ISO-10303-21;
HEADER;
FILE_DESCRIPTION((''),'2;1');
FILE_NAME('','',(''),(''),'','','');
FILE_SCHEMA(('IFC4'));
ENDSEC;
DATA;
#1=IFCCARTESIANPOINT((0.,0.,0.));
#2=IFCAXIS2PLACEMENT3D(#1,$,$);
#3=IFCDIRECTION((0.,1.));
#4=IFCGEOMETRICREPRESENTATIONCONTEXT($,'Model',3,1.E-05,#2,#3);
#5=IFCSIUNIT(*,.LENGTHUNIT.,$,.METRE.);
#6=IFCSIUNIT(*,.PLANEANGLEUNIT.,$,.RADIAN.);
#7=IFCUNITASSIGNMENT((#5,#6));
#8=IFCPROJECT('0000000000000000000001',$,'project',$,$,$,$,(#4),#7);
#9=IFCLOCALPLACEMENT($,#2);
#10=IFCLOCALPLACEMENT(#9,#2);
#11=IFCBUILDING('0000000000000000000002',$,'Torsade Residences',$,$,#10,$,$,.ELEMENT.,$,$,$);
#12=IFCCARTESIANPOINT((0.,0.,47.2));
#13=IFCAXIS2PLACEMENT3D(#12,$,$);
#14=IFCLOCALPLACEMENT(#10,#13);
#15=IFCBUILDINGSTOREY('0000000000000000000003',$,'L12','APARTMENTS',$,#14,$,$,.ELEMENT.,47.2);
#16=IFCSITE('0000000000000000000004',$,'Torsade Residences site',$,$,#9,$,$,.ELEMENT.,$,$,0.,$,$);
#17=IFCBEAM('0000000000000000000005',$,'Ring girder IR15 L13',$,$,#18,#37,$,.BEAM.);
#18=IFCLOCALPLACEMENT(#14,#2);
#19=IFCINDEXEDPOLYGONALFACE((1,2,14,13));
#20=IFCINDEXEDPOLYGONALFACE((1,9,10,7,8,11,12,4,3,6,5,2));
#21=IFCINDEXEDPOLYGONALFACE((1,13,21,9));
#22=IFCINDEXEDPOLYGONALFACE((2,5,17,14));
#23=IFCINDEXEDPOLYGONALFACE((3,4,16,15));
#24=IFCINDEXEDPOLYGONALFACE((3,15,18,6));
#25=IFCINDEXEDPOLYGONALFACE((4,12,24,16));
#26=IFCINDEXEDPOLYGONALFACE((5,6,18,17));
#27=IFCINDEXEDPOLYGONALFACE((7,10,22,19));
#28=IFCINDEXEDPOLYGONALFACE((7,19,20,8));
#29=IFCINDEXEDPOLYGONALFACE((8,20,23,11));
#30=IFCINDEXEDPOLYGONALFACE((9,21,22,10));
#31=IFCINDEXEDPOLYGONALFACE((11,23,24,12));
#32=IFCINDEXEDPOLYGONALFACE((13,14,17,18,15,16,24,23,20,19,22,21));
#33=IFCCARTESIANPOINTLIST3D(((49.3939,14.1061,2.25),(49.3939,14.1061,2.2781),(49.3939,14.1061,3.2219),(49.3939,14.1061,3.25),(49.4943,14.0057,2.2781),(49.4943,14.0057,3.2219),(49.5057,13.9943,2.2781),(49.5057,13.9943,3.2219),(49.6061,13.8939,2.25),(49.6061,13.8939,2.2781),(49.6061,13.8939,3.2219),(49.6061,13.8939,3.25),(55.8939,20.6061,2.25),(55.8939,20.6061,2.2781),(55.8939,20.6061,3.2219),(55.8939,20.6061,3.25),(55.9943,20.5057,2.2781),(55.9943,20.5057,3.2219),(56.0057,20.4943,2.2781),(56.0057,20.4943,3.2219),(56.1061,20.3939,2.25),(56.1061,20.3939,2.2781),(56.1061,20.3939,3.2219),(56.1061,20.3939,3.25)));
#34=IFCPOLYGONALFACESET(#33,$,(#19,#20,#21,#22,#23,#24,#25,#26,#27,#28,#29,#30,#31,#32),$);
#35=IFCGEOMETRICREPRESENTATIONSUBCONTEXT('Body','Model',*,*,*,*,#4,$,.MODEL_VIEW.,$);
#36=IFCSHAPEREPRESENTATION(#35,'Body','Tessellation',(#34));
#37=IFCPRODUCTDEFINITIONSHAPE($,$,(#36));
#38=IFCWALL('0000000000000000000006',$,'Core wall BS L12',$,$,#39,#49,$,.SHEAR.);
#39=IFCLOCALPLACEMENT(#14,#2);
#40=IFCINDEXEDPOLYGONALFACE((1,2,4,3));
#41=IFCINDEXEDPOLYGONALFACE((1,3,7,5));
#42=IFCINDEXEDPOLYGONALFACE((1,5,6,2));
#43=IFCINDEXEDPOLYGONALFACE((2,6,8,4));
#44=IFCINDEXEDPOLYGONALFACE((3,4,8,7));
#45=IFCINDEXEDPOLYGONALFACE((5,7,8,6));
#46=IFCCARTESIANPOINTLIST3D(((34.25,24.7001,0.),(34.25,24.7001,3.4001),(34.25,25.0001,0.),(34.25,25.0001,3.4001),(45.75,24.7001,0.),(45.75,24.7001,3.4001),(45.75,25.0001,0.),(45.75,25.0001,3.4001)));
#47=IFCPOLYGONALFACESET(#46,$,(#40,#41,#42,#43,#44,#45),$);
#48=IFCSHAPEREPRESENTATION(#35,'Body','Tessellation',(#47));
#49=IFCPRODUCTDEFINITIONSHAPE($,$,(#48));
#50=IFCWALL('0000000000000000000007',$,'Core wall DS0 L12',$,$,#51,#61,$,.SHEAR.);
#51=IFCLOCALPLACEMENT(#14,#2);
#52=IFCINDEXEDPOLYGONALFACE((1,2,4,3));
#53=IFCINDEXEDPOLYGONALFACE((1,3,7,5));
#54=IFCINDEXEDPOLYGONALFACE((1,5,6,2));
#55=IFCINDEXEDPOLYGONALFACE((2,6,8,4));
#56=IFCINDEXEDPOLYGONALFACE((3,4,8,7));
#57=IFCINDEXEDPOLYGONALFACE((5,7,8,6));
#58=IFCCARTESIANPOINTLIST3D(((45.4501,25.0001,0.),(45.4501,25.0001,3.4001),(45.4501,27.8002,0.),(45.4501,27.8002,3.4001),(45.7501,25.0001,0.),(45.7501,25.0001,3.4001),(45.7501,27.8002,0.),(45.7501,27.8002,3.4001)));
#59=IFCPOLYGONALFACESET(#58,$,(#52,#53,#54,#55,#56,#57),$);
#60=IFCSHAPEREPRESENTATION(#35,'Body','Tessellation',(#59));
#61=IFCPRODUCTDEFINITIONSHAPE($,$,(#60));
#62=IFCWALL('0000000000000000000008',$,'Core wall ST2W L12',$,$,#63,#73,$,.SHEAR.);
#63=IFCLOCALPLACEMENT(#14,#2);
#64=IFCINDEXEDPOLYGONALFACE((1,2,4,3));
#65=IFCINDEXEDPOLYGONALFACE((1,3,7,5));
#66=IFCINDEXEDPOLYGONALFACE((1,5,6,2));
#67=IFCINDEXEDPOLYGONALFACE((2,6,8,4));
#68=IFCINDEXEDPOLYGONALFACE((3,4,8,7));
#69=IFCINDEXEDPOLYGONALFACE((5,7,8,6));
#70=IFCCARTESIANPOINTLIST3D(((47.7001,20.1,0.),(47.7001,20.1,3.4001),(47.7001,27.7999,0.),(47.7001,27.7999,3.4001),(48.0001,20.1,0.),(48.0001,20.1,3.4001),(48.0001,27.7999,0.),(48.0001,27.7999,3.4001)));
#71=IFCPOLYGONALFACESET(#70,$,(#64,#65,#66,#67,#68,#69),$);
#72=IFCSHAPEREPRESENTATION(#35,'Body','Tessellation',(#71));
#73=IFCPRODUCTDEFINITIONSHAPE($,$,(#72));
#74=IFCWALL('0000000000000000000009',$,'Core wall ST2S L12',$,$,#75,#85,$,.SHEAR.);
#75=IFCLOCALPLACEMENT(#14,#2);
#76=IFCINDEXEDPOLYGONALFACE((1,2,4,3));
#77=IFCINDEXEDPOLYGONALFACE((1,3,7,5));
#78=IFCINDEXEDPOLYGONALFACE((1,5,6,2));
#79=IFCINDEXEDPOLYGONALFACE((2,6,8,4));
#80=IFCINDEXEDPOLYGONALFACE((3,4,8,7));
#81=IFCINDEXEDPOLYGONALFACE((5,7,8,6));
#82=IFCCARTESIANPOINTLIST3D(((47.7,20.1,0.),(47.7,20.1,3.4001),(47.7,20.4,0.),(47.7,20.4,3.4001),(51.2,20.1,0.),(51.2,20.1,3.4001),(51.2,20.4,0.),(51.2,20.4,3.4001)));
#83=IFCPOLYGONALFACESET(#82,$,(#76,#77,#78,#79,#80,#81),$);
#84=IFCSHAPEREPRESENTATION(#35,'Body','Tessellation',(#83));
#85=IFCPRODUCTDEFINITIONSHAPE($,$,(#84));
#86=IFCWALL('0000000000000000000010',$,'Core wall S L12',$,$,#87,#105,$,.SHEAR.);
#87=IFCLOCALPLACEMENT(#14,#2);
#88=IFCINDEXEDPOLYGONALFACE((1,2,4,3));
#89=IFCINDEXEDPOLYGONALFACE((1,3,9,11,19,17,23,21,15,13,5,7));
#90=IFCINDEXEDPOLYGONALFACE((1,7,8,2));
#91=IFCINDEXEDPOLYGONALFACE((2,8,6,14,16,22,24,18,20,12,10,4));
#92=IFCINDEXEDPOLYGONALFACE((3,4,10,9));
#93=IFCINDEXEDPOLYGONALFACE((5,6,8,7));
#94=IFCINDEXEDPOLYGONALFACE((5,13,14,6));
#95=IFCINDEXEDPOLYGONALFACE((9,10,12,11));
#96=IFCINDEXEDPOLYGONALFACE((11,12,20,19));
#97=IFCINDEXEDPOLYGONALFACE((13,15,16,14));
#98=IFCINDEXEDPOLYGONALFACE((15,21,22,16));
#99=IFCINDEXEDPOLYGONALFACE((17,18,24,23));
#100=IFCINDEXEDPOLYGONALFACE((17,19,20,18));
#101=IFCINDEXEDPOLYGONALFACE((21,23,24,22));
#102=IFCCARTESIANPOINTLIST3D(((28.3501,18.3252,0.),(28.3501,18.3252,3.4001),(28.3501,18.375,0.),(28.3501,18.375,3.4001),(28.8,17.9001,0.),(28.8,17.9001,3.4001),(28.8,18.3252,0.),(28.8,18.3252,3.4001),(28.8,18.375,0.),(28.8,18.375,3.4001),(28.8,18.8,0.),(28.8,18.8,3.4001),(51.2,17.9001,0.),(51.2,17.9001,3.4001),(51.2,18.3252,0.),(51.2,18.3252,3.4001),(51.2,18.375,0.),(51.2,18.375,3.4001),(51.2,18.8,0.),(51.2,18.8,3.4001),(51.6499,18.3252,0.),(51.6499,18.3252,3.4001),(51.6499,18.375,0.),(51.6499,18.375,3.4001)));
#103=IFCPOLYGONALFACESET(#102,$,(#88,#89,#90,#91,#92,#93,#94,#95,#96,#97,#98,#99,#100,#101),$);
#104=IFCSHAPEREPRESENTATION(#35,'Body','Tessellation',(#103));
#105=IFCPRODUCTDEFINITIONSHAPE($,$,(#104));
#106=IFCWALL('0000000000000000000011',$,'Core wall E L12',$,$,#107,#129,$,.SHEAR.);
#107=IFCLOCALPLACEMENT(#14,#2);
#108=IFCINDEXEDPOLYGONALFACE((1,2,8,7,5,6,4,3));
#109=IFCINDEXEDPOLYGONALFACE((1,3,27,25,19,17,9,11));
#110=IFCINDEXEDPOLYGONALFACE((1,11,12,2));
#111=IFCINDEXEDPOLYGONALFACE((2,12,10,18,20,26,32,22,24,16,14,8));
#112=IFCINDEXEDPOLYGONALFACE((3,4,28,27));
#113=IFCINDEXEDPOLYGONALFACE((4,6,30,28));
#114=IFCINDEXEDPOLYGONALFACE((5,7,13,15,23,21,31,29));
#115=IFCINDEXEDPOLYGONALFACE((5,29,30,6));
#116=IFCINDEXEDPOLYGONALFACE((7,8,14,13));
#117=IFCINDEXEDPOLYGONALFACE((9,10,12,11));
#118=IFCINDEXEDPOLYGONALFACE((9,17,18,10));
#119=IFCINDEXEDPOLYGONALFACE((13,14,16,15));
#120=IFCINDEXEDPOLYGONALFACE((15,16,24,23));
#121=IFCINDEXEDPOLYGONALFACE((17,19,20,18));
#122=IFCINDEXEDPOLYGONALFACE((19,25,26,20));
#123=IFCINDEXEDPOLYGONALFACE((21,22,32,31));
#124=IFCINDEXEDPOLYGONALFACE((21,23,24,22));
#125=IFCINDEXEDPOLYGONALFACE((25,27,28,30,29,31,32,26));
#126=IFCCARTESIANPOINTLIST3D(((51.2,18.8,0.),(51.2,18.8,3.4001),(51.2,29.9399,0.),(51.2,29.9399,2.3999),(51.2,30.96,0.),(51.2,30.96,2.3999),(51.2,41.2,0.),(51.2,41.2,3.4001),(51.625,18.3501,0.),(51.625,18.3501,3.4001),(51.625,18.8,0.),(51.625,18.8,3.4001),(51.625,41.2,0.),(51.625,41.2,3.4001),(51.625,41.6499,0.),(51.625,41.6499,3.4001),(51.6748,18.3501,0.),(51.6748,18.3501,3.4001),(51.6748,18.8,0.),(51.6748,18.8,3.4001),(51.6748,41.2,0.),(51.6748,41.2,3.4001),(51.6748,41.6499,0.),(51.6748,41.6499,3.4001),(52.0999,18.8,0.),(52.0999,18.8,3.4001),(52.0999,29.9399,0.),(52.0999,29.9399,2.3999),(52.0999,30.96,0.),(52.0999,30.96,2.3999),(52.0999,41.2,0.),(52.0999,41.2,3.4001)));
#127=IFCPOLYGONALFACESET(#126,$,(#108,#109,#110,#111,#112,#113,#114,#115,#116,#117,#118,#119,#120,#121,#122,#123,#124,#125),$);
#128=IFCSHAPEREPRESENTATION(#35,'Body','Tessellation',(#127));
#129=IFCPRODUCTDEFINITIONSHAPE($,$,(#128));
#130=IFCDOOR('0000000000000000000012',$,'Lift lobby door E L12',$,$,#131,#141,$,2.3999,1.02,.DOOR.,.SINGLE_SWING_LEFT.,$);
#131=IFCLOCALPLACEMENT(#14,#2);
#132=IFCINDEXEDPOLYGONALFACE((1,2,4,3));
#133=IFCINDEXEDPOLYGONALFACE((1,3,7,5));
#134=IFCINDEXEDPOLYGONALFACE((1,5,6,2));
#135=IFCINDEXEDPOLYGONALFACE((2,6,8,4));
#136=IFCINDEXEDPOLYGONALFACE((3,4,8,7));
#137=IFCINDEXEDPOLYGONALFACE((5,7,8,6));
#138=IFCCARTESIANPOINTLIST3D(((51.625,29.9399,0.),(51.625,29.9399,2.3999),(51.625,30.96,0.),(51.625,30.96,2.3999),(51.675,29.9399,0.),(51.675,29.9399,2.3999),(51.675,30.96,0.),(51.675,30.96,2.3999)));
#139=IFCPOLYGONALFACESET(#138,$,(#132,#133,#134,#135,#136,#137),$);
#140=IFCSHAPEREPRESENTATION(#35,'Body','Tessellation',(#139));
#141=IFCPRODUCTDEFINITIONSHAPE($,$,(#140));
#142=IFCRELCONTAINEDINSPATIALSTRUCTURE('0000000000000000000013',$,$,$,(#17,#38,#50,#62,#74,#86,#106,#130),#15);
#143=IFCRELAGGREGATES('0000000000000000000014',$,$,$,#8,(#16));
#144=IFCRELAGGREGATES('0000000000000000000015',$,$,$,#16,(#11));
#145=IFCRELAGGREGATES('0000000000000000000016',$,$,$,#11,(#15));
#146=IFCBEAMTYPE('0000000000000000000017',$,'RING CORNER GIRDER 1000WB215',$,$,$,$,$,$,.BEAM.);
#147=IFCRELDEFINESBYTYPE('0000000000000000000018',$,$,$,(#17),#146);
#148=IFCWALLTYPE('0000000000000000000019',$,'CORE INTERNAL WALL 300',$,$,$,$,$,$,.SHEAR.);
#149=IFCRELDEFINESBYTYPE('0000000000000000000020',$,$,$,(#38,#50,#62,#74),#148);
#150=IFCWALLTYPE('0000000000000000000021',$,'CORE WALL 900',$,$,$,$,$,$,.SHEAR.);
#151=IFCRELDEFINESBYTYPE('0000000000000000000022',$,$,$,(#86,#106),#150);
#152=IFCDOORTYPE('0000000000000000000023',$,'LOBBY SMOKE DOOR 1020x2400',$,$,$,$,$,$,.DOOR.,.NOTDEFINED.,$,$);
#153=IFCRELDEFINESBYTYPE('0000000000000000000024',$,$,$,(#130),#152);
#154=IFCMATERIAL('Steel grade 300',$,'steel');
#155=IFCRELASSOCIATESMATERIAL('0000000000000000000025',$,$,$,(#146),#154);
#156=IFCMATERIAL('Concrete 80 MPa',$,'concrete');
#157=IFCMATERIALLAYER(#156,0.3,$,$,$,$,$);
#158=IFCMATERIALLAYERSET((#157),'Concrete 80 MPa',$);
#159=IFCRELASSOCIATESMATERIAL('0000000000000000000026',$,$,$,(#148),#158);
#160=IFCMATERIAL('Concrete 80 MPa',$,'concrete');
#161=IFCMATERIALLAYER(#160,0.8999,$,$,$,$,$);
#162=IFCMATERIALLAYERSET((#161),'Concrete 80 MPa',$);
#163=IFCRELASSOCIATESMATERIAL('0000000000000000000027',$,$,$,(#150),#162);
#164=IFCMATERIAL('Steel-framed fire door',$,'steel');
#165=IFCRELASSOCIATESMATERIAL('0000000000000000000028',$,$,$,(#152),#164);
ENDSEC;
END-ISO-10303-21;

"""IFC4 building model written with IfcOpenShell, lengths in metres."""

from ifc_helpers import new_model, si_unit, direction, frame, frame_2d, origin, origin_2d, place, context, subcontext, project, spatial, polyline, rectangle, i_section, outline, extrude, material, layer, layer_set, material_profile, profile_set, type_object, element, fill, save


model = new_model("IFC4")

# Units and contexts
model_context = context("Model", 3, precision=1e-05, world=origin(), true_north=direction((0.0, 1.0)))
body_context = subcontext(model_context, "Body", "Model", "MODEL_VIEW")
ifc_project = project(units=[si_unit("LENGTHUNIT", "METRE"), si_unit("PLANEANGLEUNIT", "RADIAN")], contexts=[model_context])

# Site, building, storey
site_placement = place(None, origin())
site = spatial("IfcSite", under=ifc_project, at=site_placement, Name="Torsade Residences site", CompositionType="ELEMENT", RefElevation=0.0)
building_placement = place(site_placement, origin())
building = spatial("IfcBuilding", under=site, at=building_placement, Name="Torsade Residences", CompositionType="ELEMENT")
storey_placement = place(building_placement, frame((0.0, 0.0, 47.2)))
storey = spatial("IfcBuildingStorey", under=building, at=storey_placement, Name="L12", Description="APARTMENTS", CompositionType="ELEMENT", Elevation=47.2)

# Beam
ifc_material_1 = material(Name="Steel grade 300", Category="steel")
ifc_material_profile_1 = material_profile(ifc_material_1, i_section(OverallWidth=0.3, OverallDepth=1.0, WebThickness=0.0161, FlangeThickness=0.0281, at=origin_2d()), Name="1000WB215")
ifc_profile_set_1 = profile_set([ifc_material_profile_1], Name="Steel grade 300")
beam_type_1 = type_object("IfcBeamType", Name="RING CORNER GIRDER 1000WB215", PredefinedType="BEAM", material=ifc_profile_set_1)
beam_1_placement = place(storey_placement, frame((49.5, 14.0, 2.75), z_axis=(0.707107, 0.707107, 0.0), x_axis=(-0.707107, 0.707107, 0.0)))
element("IfcBeam", 1, at=beam_1_placement, inside=storey, type_object=beam_type_1, Name="Ring girder IR15 L13", PredefinedType="BEAM", context=body_context, shape_type="SweptSolid", body=[
    extrude(i_section(OverallWidth=0.3, OverallDepth=1.0, WebThickness=0.0161, FlangeThickness=0.0281, at=origin_2d()), origin(), (0.0, 0.0, 1.0), 9.1924),
])

# Walls
ifc_material_2 = material(Name="Concrete 80 MPa", Category="concrete")
ifc_layer_1 = layer(ifc_material_2, 0.3)
ifc_layer_set_1 = layer_set([ifc_layer_1], Name="Concrete 80 MPa")
wall_type_1 = type_object("IfcWallType", Name="CORE INTERNAL WALL 300", PredefinedType="SHEAR", material=ifc_layer_set_1)
wall_1_placement = place(storey_placement, frame((45.75, 24.8501, 0.0), z_axis=(0.0, 0.0, 1.0), x_axis=(-1.0, 0.0, 0.0)))
element("IfcWall", 2, at=wall_1_placement, inside=storey, type_object=wall_type_1, Name="Core wall BS L12", PredefinedType="SHEAR", context=body_context, shape_type="SweptSolid", body=[
    extrude(rectangle(XDim=11.5, YDim=0.3, at=frame_2d((5.75, 0.0))), origin(), (0.0, 0.0, 1.0), 3.4001),
])
wall_2_placement = place(storey_placement, frame((45.6001, 27.8, 0.0), z_axis=(0.0, 0.0, 1.0), x_axis=(0.0, -1.0, 0.0)))
element("IfcWall", 3, at=wall_2_placement, inside=storey, type_object=wall_type_1, Name="Core wall DS0 L12", PredefinedType="SHEAR", context=body_context, shape_type="SweptSolid", body=[
    extrude(rectangle(XDim=2.8, YDim=0.3, at=frame_2d((1.3999, 0.0))), origin(), (0.0, 0.0, 1.0), 3.4001),
])
wall_3_placement = place(storey_placement, frame((47.8501, 27.8, 0.0), z_axis=(0.0, 0.0, 1.0), x_axis=(0.0, -1.0, 0.0)))
element("IfcWall", 4, at=wall_3_placement, inside=storey, type_object=wall_type_1, Name="Core wall ST2W L12", PredefinedType="SHEAR", context=body_context, shape_type="SweptSolid", body=[
    extrude(rectangle(XDim=7.7, YDim=0.3, at=frame_2d((3.8501, 0.0))), origin(), (0.0, 0.0, 1.0), 3.4001),
])
wall_4_placement = place(storey_placement, frame((51.2, 20.25, 0.0), z_axis=(0.0, 0.0, 1.0), x_axis=(-1.0, 0.0, 0.0)))
element("IfcWall", 5, at=wall_4_placement, inside=storey, type_object=wall_type_1, Name="Core wall ST2S L12", PredefinedType="SHEAR", context=body_context, shape_type="SweptSolid", body=[
    extrude(rectangle(XDim=3.5, YDim=0.3, at=frame_2d((1.75, 0.0))), origin(), (0.0, 0.0, 1.0), 3.4001),
])
ifc_material_3 = material(Name="Concrete 80 MPa", Category="concrete")
ifc_layer_2 = layer(ifc_material_3, 0.8999)
ifc_layer_set_2 = layer_set([ifc_layer_2], Name="Concrete 80 MPa")
wall_type_2 = type_object("IfcWallType", Name="CORE WALL 900", PredefinedType="SHEAR", material=ifc_layer_set_2)
wall_5_placement = place(storey_placement, frame((51.2, 18.3501, 0.0), z_axis=(0.0, 0.0, 1.0), x_axis=(-1.0, 0.0, 0.0)))
element("IfcWall", 6, at=wall_5_placement, inside=storey, type_object=wall_type_2, Name="Core wall S L12", PredefinedType="SHEAR", context=body_context, shape_type="SweptSolid", body=[
    extrude(outline(polyline([(0.0, -0.45), (22.3999, -0.45), (22.3999, -0.0249), (22.8499, -0.0249), (22.8499, 0.0249), (22.3999, 0.0249), (22.3999, 0.45), (0.0, 0.45), (0.0, 0.0249), (-0.45, 0.0249), (-0.45, -0.0249), (0.0, -0.0249), (0.0, -0.45)])), origin(), (0.0, 0.0, 1.0), 3.4001),
])

# Wall, opening, door
wall_6_placement = place(storey_placement, frame((51.6499, 18.8, 0.0), z_axis=(0.0, 0.0, 1.0), x_axis=(0.0, 1.0, 0.0)))
wall_6 = element("IfcWall", 7, at=wall_6_placement, inside=storey, type_object=wall_type_2, Name="Core wall E L12", PredefinedType="SHEAR", context=body_context, shape_type="SweptSolid", body=[
    extrude(outline(polyline([(0.0, -0.45), (22.3999, -0.45), (22.3999, -0.0249), (22.8499, -0.0249), (22.8499, 0.0249), (22.3999, 0.0249), (22.3999, 0.45), (0.0, 0.45), (0.0, 0.0249), (-0.45, 0.0249), (-0.45, -0.0249), (0.0, -0.0249), (0.0, -0.45)])), origin(), (0.0, 0.0, 1.0), 3.4001),
])
opening_1_placement = place(wall_6_placement, frame((11.1399, 0.0, 0.0)))
opening_1 = element("IfcOpeningElement", 8, at=opening_1_placement, cuts=wall_6, PredefinedType="OPENING", context=body_context, shape_type="SweptSolid", body=[
    extrude(rectangle(XDim=1.02, YDim=2.3999, at=frame_2d((0.51, 1.2))), frame((0.0, 0.46, 0.0), z_axis=(0.0, -1.0, 0.0), x_axis=(1.0, 0.0, 0.0)), (0.0, 0.0, 1.0), 0.9199),
])
ifc_material_4 = material(Name="Steel-framed fire door", Category="steel")
door_type_1 = type_object("IfcDoorType", Name="LOBBY SMOKE DOOR 1020x2400", OperationType="NOTDEFINED", PredefinedType="DOOR", material=ifc_material_4)
door_1_placement = place(opening_1_placement, origin())
door_1 = element("IfcDoor", 9, at=door_1_placement, inside=storey, type_object=door_type_1, Name="Lift lobby door E L12", OperationType="SINGLE_SWING_LEFT", OverallHeight=2.3999, OverallWidth=1.02, PredefinedType="DOOR", context=body_context, shape_type="SweptSolid", body=[
    extrude(rectangle(XDim=1.02, YDim=2.3999, at=frame_2d((0.51, 1.2))), frame((0.0, 0.0249, 0.0), z_axis=(0.0, -1.0, 0.0), x_axis=(1.0, 0.0, 0.0)), (0.0, 0.0, 1.0), 0.05),
])
fill(opening_1, door_1)

save(model, "model.ifc")
